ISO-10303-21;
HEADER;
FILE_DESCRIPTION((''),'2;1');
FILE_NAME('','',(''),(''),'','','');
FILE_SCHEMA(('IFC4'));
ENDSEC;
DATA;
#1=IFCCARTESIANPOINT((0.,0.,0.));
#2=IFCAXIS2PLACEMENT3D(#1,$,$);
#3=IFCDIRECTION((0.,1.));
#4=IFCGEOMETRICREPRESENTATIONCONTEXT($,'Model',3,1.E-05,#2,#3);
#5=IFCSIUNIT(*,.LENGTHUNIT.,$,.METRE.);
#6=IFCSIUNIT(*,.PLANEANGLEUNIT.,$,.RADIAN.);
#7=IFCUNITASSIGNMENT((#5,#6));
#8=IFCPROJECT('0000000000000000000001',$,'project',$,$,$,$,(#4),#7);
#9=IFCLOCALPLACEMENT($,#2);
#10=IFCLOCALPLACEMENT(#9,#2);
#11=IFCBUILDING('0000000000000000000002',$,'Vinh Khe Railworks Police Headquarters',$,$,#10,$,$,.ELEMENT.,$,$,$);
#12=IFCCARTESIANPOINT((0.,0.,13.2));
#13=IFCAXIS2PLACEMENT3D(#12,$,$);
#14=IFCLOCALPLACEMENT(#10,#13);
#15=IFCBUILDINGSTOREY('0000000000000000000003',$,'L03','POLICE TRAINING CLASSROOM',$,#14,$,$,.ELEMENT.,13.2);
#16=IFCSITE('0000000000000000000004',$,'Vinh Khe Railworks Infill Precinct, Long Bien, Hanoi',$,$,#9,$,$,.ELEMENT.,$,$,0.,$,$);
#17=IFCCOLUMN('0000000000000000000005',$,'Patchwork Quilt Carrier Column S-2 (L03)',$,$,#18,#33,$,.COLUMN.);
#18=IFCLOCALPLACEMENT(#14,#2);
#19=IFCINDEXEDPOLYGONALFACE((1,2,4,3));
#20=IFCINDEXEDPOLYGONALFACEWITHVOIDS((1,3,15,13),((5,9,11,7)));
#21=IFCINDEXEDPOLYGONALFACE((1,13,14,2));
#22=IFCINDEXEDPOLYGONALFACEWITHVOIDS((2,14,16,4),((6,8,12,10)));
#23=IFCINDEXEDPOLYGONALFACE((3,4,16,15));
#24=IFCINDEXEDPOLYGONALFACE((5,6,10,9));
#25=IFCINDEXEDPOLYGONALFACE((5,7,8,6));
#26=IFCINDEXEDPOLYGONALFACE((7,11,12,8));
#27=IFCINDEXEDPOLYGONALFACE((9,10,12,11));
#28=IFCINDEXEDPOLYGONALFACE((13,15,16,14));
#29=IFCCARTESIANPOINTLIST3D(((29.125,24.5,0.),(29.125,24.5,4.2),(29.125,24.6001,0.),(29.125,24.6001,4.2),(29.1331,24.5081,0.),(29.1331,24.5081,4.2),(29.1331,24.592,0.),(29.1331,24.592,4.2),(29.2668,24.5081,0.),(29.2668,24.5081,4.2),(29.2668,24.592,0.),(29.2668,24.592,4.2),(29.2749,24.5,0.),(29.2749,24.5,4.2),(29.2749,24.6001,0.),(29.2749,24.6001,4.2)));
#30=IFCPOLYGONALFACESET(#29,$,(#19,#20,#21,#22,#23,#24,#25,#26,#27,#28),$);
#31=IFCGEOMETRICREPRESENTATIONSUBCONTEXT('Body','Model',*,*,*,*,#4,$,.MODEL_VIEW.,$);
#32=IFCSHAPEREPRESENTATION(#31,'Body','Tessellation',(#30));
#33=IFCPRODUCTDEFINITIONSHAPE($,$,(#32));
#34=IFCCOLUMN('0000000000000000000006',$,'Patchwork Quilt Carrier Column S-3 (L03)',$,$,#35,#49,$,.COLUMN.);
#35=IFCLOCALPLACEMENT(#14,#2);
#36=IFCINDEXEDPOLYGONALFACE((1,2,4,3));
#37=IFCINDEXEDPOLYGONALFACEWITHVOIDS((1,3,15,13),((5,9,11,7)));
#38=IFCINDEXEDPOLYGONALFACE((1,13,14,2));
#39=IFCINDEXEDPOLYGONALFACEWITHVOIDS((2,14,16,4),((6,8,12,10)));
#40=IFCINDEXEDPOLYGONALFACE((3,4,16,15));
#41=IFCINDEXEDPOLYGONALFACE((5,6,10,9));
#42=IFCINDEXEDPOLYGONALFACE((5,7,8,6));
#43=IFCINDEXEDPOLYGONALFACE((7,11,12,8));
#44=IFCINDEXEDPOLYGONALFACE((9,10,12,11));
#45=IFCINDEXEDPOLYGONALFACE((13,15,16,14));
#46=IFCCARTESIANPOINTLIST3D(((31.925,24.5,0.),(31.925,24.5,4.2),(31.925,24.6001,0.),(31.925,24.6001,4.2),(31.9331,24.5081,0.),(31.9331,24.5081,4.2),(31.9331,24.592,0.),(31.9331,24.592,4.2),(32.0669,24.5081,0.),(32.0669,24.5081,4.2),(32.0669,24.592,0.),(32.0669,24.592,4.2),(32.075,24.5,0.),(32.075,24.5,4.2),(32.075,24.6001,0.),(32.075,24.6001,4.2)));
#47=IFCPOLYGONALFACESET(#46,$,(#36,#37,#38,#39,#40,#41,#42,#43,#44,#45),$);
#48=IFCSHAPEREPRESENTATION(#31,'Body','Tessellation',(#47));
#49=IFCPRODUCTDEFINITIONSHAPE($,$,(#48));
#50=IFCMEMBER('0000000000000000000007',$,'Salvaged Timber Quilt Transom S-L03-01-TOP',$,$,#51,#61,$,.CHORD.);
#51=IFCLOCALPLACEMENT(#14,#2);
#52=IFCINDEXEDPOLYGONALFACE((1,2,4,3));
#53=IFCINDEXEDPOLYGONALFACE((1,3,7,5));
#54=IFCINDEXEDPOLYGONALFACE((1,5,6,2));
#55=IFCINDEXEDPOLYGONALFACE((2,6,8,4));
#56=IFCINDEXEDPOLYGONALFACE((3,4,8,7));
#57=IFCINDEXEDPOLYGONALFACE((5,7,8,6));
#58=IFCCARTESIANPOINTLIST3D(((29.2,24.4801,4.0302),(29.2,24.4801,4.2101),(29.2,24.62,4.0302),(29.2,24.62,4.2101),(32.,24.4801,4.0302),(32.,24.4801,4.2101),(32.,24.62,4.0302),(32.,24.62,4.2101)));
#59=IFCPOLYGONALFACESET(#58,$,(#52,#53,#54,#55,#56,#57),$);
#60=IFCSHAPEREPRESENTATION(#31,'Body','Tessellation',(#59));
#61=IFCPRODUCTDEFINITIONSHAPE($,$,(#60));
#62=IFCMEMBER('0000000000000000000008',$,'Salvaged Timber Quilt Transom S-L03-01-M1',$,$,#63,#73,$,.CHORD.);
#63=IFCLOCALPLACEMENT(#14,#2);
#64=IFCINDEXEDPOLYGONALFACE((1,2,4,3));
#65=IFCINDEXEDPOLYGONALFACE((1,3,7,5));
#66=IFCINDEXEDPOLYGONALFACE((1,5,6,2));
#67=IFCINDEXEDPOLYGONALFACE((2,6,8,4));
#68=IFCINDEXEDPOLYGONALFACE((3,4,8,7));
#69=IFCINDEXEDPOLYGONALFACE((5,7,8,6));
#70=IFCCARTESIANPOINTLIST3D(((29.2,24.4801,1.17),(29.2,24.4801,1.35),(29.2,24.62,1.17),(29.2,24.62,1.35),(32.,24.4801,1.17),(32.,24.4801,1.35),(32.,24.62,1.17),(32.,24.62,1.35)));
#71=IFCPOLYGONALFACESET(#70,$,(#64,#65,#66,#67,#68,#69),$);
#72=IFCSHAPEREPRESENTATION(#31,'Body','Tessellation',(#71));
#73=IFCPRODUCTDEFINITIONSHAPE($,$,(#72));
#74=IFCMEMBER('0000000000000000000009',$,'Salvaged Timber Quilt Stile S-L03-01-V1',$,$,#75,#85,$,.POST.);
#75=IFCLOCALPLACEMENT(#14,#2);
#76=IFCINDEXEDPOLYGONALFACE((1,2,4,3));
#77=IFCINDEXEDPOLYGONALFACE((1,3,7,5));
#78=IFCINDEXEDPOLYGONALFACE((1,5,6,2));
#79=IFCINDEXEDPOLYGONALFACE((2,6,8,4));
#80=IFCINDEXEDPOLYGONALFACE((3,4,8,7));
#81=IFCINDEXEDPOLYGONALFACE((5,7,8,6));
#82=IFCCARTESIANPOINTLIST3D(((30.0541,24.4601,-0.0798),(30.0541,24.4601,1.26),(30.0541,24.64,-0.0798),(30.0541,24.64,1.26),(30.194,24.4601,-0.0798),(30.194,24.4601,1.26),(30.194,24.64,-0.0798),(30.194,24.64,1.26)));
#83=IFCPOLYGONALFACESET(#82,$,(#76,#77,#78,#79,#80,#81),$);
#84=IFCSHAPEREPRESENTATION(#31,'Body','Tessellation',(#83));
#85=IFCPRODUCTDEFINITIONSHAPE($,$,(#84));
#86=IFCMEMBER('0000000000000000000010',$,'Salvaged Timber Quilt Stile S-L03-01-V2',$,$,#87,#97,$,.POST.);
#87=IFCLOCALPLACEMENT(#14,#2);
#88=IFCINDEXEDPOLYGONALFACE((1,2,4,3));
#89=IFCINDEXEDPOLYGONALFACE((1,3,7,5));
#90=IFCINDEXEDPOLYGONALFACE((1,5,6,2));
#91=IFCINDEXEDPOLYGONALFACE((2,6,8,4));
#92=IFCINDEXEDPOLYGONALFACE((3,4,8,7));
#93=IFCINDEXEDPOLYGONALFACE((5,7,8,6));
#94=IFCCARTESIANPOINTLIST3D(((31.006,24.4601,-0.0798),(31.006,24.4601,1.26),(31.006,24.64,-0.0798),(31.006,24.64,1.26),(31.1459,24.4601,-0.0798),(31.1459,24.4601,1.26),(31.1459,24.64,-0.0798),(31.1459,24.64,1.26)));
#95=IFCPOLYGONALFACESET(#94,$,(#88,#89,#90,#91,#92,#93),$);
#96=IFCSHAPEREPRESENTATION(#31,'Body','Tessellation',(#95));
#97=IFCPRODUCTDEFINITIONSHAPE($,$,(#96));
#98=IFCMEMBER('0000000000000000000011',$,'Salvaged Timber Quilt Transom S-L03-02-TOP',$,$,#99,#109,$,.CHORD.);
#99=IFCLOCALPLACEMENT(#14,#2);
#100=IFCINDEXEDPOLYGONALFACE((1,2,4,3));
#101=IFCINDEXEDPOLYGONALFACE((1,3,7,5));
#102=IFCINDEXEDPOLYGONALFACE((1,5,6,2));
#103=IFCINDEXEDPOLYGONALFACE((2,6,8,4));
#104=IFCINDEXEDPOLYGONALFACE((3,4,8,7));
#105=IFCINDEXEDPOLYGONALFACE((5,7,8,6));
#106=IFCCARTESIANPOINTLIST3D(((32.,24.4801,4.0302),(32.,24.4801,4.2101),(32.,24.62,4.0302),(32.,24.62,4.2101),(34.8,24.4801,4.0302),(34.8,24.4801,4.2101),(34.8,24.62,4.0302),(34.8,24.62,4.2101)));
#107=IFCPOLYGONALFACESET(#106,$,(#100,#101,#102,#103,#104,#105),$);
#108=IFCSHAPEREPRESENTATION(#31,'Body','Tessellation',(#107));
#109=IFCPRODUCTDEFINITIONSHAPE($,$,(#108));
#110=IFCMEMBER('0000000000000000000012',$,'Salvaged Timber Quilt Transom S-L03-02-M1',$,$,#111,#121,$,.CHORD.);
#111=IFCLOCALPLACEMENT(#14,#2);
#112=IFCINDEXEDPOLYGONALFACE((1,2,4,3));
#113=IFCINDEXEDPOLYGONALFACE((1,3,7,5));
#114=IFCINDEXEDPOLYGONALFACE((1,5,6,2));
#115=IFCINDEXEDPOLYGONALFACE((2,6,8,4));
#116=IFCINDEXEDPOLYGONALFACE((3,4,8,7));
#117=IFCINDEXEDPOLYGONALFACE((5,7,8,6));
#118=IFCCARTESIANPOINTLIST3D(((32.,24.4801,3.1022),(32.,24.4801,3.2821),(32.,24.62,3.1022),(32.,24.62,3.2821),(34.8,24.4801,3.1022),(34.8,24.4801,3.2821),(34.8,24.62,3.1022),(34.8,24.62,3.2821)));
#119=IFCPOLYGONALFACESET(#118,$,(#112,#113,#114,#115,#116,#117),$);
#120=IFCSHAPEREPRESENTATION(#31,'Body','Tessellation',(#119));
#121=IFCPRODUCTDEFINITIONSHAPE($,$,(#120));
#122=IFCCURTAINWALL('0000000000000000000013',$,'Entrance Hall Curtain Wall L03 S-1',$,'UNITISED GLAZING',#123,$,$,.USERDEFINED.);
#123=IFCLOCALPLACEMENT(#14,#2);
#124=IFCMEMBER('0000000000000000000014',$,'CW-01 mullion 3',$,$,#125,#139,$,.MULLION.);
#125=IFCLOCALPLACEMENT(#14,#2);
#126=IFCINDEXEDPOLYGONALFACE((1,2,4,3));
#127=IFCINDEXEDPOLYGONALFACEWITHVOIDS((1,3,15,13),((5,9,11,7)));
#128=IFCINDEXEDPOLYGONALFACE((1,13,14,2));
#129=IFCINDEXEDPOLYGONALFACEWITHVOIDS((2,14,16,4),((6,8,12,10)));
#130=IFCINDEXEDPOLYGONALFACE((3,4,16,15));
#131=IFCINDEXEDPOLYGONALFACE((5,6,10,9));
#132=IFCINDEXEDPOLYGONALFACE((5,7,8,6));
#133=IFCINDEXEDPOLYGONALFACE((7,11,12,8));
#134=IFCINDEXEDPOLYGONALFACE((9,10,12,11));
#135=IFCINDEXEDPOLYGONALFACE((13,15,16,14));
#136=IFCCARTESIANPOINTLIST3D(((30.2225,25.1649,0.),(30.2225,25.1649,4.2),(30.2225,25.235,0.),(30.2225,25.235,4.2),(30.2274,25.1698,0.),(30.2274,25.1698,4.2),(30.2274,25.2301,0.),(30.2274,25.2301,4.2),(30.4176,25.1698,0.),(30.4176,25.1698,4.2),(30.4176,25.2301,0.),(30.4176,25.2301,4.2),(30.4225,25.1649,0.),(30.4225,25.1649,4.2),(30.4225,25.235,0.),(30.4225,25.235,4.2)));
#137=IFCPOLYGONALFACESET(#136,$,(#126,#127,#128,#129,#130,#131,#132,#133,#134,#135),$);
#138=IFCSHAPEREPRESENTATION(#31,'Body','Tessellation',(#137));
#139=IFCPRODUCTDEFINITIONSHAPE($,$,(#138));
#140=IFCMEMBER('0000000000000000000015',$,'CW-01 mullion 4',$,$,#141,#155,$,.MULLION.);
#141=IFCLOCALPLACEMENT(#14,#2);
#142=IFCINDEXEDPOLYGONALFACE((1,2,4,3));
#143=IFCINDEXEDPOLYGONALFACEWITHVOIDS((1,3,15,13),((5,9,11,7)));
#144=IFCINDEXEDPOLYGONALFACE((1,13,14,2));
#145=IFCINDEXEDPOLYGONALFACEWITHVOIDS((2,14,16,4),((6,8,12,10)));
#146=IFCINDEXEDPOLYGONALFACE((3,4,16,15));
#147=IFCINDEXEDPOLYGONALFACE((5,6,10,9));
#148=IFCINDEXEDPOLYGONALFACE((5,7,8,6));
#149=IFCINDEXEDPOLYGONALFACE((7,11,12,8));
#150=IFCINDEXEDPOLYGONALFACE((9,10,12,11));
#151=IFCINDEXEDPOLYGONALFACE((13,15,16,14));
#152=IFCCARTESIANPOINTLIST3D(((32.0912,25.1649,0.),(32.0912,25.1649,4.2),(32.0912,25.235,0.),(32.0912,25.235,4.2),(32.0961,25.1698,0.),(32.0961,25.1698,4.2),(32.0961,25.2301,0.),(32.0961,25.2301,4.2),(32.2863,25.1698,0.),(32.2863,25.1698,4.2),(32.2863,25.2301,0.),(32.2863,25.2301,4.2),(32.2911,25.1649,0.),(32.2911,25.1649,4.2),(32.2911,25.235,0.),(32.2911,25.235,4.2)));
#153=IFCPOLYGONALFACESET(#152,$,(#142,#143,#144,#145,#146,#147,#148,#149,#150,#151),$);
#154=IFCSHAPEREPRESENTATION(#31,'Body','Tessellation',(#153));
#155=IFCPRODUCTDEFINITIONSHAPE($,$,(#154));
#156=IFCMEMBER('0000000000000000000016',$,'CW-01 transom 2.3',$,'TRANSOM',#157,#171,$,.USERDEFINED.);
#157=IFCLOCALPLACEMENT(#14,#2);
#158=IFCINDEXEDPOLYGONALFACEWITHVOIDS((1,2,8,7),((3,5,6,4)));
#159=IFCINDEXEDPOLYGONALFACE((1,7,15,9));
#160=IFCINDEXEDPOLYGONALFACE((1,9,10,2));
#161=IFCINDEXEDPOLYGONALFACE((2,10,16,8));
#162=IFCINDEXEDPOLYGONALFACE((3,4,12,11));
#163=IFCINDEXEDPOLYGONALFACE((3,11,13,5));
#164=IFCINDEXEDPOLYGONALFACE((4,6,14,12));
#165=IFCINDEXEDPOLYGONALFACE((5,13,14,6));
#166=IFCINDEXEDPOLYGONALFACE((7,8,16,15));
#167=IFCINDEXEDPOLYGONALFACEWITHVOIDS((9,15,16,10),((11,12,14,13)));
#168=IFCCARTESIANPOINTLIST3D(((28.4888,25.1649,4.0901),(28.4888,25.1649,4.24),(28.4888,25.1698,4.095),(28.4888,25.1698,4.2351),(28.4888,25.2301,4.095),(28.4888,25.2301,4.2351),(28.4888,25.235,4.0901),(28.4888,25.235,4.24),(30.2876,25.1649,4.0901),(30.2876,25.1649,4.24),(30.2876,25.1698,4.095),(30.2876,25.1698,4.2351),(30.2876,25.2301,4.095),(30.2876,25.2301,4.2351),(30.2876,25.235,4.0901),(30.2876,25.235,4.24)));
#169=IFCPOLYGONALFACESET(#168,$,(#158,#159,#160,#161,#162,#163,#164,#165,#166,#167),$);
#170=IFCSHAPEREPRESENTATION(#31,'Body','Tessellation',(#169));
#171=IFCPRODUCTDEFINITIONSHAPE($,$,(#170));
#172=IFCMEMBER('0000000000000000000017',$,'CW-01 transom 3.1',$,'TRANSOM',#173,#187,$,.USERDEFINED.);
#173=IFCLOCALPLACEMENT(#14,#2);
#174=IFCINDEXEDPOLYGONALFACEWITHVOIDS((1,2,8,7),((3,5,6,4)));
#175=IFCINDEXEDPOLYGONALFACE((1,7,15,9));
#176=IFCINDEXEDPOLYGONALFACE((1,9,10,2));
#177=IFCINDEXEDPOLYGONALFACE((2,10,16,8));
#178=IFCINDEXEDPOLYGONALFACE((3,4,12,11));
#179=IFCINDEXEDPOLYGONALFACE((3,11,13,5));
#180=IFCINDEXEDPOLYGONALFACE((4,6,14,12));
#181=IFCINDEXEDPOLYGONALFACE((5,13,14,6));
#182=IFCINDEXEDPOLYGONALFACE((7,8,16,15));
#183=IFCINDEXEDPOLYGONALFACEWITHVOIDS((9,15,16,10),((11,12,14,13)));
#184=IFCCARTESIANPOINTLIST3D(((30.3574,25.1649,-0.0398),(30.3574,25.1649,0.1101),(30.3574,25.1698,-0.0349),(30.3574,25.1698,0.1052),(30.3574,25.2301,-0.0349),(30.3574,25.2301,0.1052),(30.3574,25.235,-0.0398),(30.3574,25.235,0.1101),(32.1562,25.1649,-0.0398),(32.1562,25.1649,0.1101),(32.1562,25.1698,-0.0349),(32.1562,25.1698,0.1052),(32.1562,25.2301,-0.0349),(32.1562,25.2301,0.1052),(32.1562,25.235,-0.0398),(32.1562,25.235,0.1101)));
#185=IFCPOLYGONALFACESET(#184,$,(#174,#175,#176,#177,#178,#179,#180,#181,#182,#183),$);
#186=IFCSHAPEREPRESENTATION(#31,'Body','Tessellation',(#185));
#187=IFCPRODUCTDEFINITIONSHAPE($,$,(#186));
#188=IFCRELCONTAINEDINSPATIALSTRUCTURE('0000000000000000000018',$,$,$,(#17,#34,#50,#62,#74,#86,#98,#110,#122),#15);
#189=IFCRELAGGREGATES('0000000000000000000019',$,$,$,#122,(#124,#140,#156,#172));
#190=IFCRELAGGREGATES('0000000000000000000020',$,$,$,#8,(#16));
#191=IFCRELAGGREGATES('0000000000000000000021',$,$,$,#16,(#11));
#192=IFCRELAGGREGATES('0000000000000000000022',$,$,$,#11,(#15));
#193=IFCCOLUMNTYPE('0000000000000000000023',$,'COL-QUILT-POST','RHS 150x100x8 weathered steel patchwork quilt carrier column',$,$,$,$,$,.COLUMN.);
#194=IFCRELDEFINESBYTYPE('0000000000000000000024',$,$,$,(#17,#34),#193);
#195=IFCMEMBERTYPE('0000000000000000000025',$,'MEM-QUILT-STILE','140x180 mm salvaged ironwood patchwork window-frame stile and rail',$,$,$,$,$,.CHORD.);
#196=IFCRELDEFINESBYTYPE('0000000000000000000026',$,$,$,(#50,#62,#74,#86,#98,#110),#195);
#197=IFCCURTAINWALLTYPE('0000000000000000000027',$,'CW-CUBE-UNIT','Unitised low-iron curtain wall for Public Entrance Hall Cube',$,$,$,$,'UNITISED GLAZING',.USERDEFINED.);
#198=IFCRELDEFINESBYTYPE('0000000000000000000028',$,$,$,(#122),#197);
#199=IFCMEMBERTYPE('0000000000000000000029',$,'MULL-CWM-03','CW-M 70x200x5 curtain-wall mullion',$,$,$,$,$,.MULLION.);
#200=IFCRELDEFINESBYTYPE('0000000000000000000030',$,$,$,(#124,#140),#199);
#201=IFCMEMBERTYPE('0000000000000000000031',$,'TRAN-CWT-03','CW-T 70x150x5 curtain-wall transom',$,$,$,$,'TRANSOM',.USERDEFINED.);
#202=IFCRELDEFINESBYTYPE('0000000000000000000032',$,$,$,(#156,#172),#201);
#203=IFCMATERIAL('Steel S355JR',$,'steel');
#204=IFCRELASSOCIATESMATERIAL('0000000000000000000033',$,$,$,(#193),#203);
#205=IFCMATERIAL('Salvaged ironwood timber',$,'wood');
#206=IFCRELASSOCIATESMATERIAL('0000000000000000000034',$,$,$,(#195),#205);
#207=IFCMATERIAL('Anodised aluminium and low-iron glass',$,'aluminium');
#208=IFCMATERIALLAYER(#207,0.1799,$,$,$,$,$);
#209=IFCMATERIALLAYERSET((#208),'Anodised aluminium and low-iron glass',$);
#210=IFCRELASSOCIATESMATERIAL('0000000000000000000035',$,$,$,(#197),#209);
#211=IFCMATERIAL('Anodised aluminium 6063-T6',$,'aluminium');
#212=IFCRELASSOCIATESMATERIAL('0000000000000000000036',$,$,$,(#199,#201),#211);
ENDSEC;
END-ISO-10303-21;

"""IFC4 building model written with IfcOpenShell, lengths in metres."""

from ifc_helpers import new_model, si_unit, direction, frame, origin, origin_2d, place, context, subcontext, project, spatial, rectangle, hollow_rectangle, extrude, material, layer, layer_set, material_profile, profile_set, type_object, element, aggregate, save


model = new_model("IFC4")

# Units and contexts
model_context = context("Model", 3, precision=1e-05, world=origin(), true_north=direction((0.0, 1.0)))
body_context = subcontext(model_context, "Body", "Model", "MODEL_VIEW")
ifc_project = project(units=[si_unit("LENGTHUNIT", "METRE"), si_unit("PLANEANGLEUNIT", "RADIAN")], contexts=[model_context])

# Site, building, storey
site_placement = place(None, origin())
site = spatial("IfcSite", under=ifc_project, at=site_placement, Name="Vinh Khe Railworks Infill Precinct, Long Bien, Hanoi", CompositionType="ELEMENT", RefElevation=0.0)
building_placement = place(site_placement, origin())
building = spatial("IfcBuilding", under=site, at=building_placement, Name="Vinh Khe Railworks Police Headquarters", CompositionType="ELEMENT")
storey_placement = place(building_placement, frame((0.0, 0.0, 13.2)))
storey = spatial("IfcBuildingStorey", under=building, at=storey_placement, Name="L03", Description="POLICE TRAINING CLASSROOM", CompositionType="ELEMENT", Elevation=13.2)

# Columns
ifc_material_1 = material(Name="Steel S355JR", Category="steel")
ifc_material_profile_1 = material_profile(ifc_material_1, hollow_rectangle(XDim=0.1499, YDim=0.1001, WallThickness=0.0081, at=origin_2d()), Name="RHS 150x100x8")
ifc_profile_set_1 = profile_set([ifc_material_profile_1], Name="Steel S355JR")
column_type = type_object("IfcColumnType", Name="COL-QUILT-POST", Description="RHS 150x100x8 weathered steel patchwork quilt carrier column", PredefinedType="COLUMN", material=ifc_profile_set_1)
for number, where, z_axis, x_axis, name in (
    (1, (29.2, 24.55, 0.0), (0.0, 0.0, 1.0), (1.0, 0.0, 0.0), "Patchwork Quilt Carrier Column S-2 (L03)"),
    (2, (32.0, 24.55, 0.0), (0.0, 0.0, 1.0), (1.0, 0.0, 0.0), "Patchwork Quilt Carrier Column S-3 (L03)"),
):
    element("IfcColumn", number, at=place(storey_placement, frame(where, z_axis=z_axis, x_axis=x_axis)), inside=storey, type_object=column_type, Name=name, PredefinedType="COLUMN", context=body_context, shape_type="SweptSolid", body=[
        extrude(hollow_rectangle(XDim=0.1499, YDim=0.1001, WallThickness=0.0081, at=origin_2d()), origin(), (0.0, 0.0, 1.0), 4.2),
    ])

# Members
ifc_material_2 = material(Name="Salvaged ironwood timber", Category="wood")
ifc_material_profile_2 = material_profile(ifc_material_2, rectangle(XDim=0.1399, YDim=0.1799, at=origin_2d()), Name="TIMBER 140x180")
ifc_profile_set_2 = profile_set([ifc_material_profile_2], Name="Salvaged ironwood timber")
member_type_1 = type_object("IfcMemberType", Name="MEM-QUILT-STILE", Description="140x180 mm salvaged ironwood patchwork window-frame stile and rail", PredefinedType="CHORD", material=ifc_profile_set_2)
for number, where, z_axis, x_axis, name in (
    (3, (29.2, 24.55, 4.1201), (1.0, 0.0, 0.0), (0.0, 1.0, 0.0), "Salvaged Timber Quilt Transom S-L03-01-TOP"),
    (4, (29.2, 24.55, 1.26), (1.0, 0.0, 0.0), (0.0, 1.0, 0.0), "Salvaged Timber Quilt Transom S-L03-01-M1"),
):
    element("IfcMember", number, at=place(storey_placement, frame(where, z_axis=z_axis, x_axis=x_axis)), inside=storey, type_object=member_type_1, Name=name, PredefinedType="CHORD", context=body_context, shape_type="SweptSolid", body=[
        extrude(rectangle(XDim=0.1399, YDim=0.1799, at=origin_2d()), origin(), (0.0, 0.0, 1.0), 2.8),
    ])
for number, where, z_axis, x_axis, name in (
    (5, (30.124, 24.55, -0.0798), (0.0, 0.0, 1.0), (1.0, 0.0, 0.0), "Salvaged Timber Quilt Stile S-L03-01-V1"),
    (6, (31.0759, 24.55, -0.0798), (0.0, 0.0, 1.0), (1.0, 0.0, 0.0), "Salvaged Timber Quilt Stile S-L03-01-V2"),
):
    element("IfcMember", number, at=place(storey_placement, frame(where, z_axis=z_axis, x_axis=x_axis)), inside=storey, type_object=member_type_1, Name=name, PredefinedType="POST", context=body_context, shape_type="SweptSolid", body=[
        extrude(rectangle(XDim=0.1399, YDim=0.1799, at=origin_2d()), origin(), (0.0, 0.0, 1.0), 1.3398),
    ])
for number, where, z_axis, x_axis, name in (
    (7, (32.0, 24.55, 4.1201), (1.0, 0.0, 0.0), (0.0, 1.0, 0.0), "Salvaged Timber Quilt Transom S-L03-02-TOP"),
    (8, (32.0, 24.55, 3.1921), (1.0, 0.0, 0.0), (0.0, 1.0, 0.0), "Salvaged Timber Quilt Transom S-L03-02-M1"),
):
    element("IfcMember", number, at=place(storey_placement, frame(where, z_axis=z_axis, x_axis=x_axis)), inside=storey, type_object=member_type_1, Name=name, PredefinedType="CHORD", context=body_context, shape_type="SweptSolid", body=[
        extrude(rectangle(XDim=0.1399, YDim=0.1799, at=origin_2d()), origin(), (0.0, 0.0, 1.0), 2.8),
    ])

# Curtain wall, members
ifc_material_3 = material(Name="Anodised aluminium and low-iron glass", Category="aluminium")
ifc_layer_1 = layer(ifc_material_3, 0.1799)
ifc_layer_set_1 = layer_set([ifc_layer_1], Name="Anodised aluminium and low-iron glass")
curtain_wall_type = type_object("IfcCurtainWallType", Name="CW-CUBE-UNIT", Description="Unitised low-iron curtain wall for Public Entrance Hall Cube", ElementType="UNITISED GLAZING", PredefinedType="USERDEFINED", material=ifc_layer_set_1)
curtain_wall_placement = place(storey_placement, origin())
curtain_wall = element("IfcCurtainWall", 9, at=curtain_wall_placement, inside=storey, type_object=curtain_wall_type, Name="Entrance Hall Curtain Wall L03 S-1", ObjectType="UNITISED GLAZING", PredefinedType="USERDEFINED")
ifc_material_4 = material(Name="Anodised aluminium 6063-T6", Category="aluminium")
ifc_material_profile_3 = material_profile(ifc_material_4, hollow_rectangle(XDim=0.0701, YDim=0.2, WallThickness=0.0049, at=origin_2d()), Name="CW-M 70x200x5")
ifc_profile_set_3 = profile_set([ifc_material_profile_3], Name="Anodised aluminium 6063-T6")
member_type_2 = type_object("IfcMemberType", Name="MULL-CWM-03", Description="CW-M 70x200x5 curtain-wall mullion", PredefinedType="MULLION", material=ifc_profile_set_3)
member_1_placement = place(storey_placement, frame((30.3225, 25.2, 0.0), z_axis=(0.0, 0.0, 1.0), x_axis=(0.0, 1.0, 0.0)))
member_1 = element("IfcMember", 10, at=member_1_placement, type_object=member_type_2, Name="CW-01 mullion 3", PredefinedType="MULLION", context=body_context, shape_type="SweptSolid", body=[
    extrude(hollow_rectangle(XDim=0.0701, YDim=0.2, WallThickness=0.0049, at=origin_2d()), origin(), (0.0, 0.0, 1.0), 4.2),
])
member_2_placement = place(storey_placement, frame((32.1912, 25.2, 0.0), z_axis=(0.0, 0.0, 1.0), x_axis=(0.0, 1.0, 0.0)))
member_2 = element("IfcMember", 11, at=member_2_placement, type_object=member_type_2, Name="CW-01 mullion 4", PredefinedType="MULLION", context=body_context, shape_type="SweptSolid", body=[
    extrude(hollow_rectangle(XDim=0.0701, YDim=0.2, WallThickness=0.0049, at=origin_2d()), origin(), (0.0, 0.0, 1.0), 4.2),
])
ifc_material_profile_4 = material_profile(ifc_material_4, hollow_rectangle(XDim=0.0701, YDim=0.1499, WallThickness=0.0049, at=origin_2d()), Name="CW-T 70x150x5")
ifc_profile_set_4 = profile_set([ifc_material_profile_4], Name="Anodised aluminium 6063-T6")
member_type_3 = type_object("IfcMemberType", Name="TRAN-CWT-03", Description="CW-T 70x150x5 curtain-wall transom", ElementType="TRANSOM", PredefinedType="USERDEFINED", material=ifc_profile_set_4)
member_3_placement = place(storey_placement, frame((28.4888, 25.2, 4.165), z_axis=(1.0, 0.0, 0.0), x_axis=(0.0, 1.0, 0.0)))
member_3 = element("IfcMember", 12, at=member_3_placement, type_object=member_type_3, Name="CW-01 transom 2.3", ObjectType="TRANSOM", PredefinedType="USERDEFINED", context=body_context, shape_type="SweptSolid", body=[
    extrude(hollow_rectangle(XDim=0.0701, YDim=0.1499, WallThickness=0.0049, at=origin_2d()), origin(), (0.0, 0.0, 1.0), 1.7988),
])
member_4_placement = place(storey_placement, frame((30.3574, 25.2, 0.0352), z_axis=(1.0, 0.0, 0.0), x_axis=(0.0, 1.0, 0.0)))
member_4 = element("IfcMember", 13, at=member_4_placement, type_object=member_type_3, Name="CW-01 transom 3.1", ObjectType="TRANSOM", PredefinedType="USERDEFINED", context=body_context, shape_type="SweptSolid", body=[
    extrude(hollow_rectangle(XDim=0.0701, YDim=0.1499, WallThickness=0.0049, at=origin_2d()), origin(), (0.0, 0.0, 1.0), 1.7988),
])
aggregate(curtain_wall, [member_1, member_2, member_3, member_4])

save(model, "model.ifc")
